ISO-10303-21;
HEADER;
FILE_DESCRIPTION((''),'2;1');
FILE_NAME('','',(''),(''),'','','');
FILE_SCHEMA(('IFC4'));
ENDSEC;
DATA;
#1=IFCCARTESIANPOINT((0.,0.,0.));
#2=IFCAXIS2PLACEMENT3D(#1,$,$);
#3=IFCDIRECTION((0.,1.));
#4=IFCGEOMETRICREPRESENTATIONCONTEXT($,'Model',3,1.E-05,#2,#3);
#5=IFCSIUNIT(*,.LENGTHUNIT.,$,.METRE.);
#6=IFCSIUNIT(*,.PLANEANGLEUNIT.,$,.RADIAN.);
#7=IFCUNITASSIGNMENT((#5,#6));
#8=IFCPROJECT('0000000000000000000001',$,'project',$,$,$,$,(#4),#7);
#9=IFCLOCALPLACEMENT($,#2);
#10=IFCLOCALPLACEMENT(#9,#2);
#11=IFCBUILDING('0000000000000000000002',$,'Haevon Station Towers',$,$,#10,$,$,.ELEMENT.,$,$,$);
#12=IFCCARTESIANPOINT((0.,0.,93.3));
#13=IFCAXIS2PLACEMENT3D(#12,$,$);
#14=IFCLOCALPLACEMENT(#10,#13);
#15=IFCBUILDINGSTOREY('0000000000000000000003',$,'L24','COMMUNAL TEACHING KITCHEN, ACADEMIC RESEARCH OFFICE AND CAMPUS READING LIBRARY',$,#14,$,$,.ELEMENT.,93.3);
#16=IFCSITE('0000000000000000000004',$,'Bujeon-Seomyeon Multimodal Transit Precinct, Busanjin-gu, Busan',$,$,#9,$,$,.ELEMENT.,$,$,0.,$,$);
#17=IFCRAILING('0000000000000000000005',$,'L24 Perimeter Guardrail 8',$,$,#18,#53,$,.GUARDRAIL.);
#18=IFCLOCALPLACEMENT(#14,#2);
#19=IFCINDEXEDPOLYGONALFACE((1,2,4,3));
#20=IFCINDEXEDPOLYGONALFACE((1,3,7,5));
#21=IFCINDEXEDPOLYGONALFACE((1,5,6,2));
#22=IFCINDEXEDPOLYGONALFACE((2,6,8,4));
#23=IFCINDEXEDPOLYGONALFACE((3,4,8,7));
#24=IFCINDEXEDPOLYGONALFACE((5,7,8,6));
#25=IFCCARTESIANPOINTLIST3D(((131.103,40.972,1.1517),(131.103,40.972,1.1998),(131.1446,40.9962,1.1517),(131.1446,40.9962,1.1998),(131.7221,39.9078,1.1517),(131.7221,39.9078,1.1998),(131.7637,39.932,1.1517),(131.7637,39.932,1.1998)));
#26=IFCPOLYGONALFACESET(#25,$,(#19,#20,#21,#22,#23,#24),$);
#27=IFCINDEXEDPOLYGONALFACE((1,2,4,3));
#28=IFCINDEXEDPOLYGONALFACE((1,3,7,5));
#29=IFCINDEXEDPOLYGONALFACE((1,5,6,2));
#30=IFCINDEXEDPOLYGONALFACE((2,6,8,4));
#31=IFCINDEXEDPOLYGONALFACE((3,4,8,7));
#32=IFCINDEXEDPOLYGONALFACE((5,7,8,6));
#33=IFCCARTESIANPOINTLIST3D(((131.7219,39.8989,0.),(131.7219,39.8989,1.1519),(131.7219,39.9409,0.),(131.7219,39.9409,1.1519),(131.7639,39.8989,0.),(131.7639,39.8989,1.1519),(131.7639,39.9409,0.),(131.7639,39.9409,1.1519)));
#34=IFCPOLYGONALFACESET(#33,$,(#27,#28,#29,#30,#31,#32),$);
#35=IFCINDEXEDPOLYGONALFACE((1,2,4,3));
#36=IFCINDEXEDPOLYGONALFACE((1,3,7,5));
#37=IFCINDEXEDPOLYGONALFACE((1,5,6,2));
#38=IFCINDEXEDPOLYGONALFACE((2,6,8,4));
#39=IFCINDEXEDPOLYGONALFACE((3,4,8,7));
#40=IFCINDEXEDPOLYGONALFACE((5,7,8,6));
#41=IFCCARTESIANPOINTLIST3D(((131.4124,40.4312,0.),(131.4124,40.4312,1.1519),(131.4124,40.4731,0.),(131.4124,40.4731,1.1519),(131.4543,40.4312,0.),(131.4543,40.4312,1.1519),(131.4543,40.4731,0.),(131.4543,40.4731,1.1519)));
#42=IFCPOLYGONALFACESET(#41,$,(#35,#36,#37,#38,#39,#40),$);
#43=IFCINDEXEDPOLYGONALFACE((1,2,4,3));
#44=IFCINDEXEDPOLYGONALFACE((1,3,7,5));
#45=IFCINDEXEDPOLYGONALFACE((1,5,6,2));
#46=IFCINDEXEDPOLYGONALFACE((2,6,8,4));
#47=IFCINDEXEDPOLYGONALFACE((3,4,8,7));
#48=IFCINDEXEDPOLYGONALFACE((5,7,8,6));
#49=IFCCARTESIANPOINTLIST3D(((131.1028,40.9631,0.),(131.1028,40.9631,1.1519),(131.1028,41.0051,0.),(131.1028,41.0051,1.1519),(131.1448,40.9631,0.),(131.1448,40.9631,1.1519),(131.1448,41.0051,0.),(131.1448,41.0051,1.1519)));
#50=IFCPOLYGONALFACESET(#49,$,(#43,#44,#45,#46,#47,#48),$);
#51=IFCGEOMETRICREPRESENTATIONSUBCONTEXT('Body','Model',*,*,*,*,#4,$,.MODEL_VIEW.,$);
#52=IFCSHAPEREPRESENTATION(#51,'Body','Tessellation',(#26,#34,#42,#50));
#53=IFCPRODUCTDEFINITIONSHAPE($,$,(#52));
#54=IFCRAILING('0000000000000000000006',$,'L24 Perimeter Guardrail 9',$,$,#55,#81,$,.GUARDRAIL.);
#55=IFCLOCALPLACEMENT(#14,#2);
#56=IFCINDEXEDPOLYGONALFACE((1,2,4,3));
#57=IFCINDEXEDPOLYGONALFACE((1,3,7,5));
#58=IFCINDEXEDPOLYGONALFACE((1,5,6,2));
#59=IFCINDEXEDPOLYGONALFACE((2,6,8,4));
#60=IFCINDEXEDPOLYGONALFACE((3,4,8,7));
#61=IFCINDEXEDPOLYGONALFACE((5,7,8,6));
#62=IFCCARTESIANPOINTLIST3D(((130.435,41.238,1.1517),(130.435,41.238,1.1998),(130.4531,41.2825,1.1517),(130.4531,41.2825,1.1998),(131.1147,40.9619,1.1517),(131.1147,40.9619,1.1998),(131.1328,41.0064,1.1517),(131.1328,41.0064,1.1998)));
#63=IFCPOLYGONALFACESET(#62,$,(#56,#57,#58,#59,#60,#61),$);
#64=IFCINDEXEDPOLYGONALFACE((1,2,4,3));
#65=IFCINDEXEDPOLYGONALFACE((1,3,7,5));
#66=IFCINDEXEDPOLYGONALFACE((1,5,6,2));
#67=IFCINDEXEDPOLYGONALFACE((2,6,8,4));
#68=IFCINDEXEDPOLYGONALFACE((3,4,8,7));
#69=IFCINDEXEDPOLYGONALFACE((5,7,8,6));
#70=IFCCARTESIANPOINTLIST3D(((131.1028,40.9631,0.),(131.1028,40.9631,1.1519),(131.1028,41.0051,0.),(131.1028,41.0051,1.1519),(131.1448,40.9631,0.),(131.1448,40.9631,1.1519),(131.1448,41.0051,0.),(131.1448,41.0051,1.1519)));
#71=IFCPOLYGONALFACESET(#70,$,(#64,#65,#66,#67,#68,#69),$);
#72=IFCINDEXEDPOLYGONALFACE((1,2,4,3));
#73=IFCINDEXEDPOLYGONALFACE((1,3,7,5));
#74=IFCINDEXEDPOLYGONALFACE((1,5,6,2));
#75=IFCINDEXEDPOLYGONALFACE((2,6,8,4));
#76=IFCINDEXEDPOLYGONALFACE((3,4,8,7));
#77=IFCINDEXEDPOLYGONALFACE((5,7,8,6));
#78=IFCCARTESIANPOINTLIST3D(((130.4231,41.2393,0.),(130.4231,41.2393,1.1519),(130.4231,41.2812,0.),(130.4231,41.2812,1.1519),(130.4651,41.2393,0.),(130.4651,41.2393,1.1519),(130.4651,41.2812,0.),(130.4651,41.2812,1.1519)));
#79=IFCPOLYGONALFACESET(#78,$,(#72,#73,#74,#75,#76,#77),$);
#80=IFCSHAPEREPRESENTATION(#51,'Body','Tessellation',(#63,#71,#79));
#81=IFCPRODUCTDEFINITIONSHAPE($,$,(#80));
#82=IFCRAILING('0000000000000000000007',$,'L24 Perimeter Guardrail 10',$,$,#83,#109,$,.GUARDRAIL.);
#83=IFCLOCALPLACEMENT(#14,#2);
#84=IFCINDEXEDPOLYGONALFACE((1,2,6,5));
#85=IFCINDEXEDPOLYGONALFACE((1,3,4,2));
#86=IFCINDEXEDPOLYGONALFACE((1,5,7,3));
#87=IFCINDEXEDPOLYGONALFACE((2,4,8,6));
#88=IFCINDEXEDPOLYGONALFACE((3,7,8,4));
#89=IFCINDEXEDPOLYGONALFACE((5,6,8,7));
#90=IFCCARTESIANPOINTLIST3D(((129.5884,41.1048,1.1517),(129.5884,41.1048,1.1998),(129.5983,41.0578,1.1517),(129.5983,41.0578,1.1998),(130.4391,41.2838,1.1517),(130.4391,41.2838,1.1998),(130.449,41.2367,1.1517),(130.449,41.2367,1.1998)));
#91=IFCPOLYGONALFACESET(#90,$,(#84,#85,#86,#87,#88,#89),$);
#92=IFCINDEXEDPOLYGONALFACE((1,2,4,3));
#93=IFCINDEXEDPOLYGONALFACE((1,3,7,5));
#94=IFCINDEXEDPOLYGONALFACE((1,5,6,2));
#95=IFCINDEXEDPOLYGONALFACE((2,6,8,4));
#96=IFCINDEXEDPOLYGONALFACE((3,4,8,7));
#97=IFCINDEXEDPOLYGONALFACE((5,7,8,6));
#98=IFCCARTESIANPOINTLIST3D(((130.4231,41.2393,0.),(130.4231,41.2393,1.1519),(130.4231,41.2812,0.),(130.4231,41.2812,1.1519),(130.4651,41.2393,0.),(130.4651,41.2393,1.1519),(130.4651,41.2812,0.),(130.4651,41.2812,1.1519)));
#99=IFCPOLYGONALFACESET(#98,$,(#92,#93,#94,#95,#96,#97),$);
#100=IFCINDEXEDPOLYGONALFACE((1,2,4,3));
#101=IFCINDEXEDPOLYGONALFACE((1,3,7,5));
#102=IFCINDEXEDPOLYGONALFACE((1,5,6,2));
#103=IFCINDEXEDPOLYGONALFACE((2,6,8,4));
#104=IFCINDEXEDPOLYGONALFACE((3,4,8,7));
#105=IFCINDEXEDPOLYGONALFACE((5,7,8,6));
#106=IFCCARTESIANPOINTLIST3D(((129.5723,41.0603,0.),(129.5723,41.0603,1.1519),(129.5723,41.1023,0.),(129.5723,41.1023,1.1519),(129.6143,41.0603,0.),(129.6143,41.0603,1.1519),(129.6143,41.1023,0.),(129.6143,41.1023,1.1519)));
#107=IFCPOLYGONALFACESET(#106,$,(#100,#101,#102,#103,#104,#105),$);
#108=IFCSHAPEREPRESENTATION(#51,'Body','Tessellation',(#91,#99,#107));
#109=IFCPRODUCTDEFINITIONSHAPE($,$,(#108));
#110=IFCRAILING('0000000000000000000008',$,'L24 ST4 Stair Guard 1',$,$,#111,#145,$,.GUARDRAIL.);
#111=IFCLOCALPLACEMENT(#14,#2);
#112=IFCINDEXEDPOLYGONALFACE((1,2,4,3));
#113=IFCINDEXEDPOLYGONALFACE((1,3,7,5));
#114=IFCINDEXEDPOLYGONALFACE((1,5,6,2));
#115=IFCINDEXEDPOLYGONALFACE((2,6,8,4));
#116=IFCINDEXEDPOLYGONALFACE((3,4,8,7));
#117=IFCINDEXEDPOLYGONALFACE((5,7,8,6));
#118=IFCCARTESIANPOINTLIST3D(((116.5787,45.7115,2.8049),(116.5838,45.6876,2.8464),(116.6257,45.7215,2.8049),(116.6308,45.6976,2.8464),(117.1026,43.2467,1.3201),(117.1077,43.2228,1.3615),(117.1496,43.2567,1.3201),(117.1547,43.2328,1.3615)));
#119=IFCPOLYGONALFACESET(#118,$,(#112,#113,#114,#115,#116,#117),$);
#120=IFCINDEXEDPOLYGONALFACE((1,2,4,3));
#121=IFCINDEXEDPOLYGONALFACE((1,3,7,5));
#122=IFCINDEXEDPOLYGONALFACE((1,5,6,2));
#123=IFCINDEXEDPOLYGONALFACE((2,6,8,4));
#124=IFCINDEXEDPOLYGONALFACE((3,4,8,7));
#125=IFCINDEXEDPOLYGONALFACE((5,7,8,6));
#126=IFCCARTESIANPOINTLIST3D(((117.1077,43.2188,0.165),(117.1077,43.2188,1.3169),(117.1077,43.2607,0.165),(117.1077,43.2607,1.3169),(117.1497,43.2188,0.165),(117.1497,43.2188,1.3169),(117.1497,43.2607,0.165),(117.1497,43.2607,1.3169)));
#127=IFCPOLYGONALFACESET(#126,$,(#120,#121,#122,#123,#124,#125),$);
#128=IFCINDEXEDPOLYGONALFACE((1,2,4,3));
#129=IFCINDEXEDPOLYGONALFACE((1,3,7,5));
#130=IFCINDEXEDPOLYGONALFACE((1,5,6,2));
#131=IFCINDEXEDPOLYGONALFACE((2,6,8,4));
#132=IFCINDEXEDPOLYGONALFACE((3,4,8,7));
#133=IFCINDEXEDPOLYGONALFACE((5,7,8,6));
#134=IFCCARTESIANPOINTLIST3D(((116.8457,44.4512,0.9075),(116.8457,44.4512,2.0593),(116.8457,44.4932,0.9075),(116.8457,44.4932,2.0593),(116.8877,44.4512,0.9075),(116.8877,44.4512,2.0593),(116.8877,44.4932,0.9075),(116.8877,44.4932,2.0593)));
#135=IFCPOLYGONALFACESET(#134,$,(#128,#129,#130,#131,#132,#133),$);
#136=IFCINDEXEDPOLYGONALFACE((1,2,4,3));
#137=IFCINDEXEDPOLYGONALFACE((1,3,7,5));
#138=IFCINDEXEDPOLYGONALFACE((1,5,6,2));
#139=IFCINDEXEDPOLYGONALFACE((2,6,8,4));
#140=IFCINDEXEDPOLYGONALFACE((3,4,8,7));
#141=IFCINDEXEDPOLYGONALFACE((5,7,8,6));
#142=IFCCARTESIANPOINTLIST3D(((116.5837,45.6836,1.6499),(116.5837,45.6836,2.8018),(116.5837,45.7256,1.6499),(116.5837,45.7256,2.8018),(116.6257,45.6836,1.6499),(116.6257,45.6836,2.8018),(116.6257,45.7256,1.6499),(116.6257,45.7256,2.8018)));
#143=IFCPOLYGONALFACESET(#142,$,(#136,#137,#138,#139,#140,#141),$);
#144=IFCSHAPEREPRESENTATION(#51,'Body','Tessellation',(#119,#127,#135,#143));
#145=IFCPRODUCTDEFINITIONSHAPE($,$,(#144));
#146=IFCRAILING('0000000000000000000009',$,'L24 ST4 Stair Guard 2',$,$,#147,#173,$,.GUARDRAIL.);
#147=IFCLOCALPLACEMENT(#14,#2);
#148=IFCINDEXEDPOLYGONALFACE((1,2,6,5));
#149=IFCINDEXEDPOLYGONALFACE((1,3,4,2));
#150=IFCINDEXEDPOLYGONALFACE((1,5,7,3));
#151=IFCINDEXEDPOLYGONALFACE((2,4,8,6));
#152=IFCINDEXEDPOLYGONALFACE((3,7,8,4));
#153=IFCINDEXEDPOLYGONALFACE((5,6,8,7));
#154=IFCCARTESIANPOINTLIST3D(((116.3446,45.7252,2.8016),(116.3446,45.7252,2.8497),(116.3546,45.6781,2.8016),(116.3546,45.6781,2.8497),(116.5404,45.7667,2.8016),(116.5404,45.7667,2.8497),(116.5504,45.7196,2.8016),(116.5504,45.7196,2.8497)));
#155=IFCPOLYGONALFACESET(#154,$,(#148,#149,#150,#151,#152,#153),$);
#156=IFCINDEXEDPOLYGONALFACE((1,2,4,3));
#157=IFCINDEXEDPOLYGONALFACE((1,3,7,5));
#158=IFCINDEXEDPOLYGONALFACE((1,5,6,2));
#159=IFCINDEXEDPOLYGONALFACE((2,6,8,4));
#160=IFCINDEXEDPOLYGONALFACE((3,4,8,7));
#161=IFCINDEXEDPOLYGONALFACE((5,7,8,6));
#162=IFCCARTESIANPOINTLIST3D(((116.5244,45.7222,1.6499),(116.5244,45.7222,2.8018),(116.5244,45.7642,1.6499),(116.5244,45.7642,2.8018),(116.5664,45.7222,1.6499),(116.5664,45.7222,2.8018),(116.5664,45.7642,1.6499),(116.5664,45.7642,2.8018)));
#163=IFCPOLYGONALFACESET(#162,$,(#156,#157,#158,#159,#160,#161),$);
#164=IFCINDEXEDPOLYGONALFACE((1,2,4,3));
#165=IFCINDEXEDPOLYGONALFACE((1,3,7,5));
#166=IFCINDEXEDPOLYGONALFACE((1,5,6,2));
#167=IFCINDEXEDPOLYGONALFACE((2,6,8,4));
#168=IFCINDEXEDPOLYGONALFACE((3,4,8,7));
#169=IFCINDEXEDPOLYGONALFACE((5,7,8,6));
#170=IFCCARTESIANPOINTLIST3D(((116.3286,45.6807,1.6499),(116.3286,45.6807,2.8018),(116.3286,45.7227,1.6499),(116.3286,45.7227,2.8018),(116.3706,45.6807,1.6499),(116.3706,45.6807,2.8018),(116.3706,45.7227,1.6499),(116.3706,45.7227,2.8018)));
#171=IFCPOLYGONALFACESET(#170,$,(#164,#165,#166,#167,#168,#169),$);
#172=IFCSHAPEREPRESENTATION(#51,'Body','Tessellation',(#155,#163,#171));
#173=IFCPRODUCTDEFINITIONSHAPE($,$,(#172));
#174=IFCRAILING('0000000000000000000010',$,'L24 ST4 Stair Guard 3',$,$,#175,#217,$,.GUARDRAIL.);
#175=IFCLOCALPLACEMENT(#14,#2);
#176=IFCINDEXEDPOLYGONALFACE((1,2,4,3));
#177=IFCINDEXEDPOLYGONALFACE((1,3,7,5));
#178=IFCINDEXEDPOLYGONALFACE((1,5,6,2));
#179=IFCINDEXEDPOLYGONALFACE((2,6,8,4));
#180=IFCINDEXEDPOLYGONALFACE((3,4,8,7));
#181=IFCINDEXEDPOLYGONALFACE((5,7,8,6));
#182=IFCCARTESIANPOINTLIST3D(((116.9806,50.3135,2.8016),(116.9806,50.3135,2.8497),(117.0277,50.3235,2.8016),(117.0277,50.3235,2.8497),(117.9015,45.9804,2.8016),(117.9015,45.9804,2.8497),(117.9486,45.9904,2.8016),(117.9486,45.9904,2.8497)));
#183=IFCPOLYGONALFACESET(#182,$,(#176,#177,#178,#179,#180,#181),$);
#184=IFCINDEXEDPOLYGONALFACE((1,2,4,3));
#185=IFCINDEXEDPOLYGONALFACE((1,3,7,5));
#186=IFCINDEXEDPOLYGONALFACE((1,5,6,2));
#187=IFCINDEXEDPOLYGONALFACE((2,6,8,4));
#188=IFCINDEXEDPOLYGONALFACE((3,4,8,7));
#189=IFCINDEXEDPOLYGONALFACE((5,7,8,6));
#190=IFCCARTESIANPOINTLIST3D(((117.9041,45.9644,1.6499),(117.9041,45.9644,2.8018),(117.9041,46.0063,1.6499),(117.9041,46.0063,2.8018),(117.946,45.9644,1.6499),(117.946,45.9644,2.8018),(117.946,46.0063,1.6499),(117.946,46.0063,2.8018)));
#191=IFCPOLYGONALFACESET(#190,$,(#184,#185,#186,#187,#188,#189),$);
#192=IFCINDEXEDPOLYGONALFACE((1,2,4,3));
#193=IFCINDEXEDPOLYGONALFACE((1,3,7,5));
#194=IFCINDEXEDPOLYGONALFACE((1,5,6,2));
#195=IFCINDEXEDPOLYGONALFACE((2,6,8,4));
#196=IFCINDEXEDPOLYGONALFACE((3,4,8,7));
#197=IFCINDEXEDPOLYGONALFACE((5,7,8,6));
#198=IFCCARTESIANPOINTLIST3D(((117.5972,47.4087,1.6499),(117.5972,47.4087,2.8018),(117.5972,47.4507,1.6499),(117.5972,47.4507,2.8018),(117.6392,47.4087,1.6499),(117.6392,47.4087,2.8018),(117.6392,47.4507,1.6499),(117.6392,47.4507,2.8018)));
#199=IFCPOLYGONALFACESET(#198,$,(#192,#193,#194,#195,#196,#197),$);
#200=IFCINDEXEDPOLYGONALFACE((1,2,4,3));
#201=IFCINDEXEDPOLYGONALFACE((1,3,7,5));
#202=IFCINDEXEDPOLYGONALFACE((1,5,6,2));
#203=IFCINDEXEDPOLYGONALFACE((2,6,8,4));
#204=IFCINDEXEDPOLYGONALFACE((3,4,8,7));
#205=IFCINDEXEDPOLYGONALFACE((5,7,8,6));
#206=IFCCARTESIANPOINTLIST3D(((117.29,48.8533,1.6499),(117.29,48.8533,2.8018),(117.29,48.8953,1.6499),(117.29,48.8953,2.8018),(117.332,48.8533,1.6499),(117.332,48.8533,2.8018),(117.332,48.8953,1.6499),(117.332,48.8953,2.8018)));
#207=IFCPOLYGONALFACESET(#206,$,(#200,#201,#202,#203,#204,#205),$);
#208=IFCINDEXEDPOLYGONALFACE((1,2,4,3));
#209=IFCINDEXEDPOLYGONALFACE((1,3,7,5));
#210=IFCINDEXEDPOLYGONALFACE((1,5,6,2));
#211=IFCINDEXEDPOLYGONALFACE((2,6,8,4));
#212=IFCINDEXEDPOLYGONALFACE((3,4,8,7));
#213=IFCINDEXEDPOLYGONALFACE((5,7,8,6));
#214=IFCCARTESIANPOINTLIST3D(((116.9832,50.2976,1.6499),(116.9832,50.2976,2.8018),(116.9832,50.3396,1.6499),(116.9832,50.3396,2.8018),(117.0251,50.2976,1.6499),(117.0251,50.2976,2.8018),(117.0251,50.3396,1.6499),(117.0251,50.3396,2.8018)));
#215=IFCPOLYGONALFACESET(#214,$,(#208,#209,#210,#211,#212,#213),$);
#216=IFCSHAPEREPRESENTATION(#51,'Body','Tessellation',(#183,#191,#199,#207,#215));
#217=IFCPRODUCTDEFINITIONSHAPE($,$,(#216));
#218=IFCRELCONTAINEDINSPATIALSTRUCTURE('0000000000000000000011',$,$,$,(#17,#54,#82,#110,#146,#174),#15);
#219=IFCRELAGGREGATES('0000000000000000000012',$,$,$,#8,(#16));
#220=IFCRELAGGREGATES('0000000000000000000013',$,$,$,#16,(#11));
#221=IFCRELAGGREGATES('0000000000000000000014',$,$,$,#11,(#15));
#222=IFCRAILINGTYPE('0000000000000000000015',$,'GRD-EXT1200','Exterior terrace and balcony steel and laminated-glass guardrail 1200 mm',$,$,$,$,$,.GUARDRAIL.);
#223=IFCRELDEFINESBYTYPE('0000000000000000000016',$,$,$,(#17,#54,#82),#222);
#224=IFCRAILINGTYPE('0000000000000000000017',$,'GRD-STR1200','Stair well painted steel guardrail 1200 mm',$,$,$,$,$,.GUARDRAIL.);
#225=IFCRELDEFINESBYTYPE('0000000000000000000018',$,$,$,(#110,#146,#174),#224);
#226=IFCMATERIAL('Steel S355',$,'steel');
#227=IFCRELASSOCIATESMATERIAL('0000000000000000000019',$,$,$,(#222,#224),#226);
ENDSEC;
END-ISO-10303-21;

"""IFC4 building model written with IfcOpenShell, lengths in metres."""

from ifc_helpers import new_model, si_unit, direction, frame, origin, origin_2d, place, context, subcontext, project, spatial, rectangle, extrude, material, type_object, element, save


model = new_model("IFC4")

# Units and contexts
model_context = context("Model", 3, precision=1e-05, world=origin(), true_north=direction((0.0, 1.0)))
body_context = subcontext(model_context, "Body", "Model", "MODEL_VIEW")
ifc_project = project(units=[si_unit("LENGTHUNIT", "METRE"), si_unit("PLANEANGLEUNIT", "RADIAN")], contexts=[model_context])

# Site, building, storey
site_placement = place(None, origin())
site = spatial("IfcSite", under=ifc_project, at=site_placement, Name="Bujeon-Seomyeon Multimodal Transit Precinct, Busanjin-gu, Busan", CompositionType="ELEMENT", RefElevation=0.0)
building_placement = place(site_placement, origin())
building = spatial("IfcBuilding", under=site, at=building_placement, Name="Haevon Station Towers", CompositionType="ELEMENT")
storey_placement = place(building_placement, frame((0.0, 0.0, 93.3)))
storey = spatial("IfcBuildingStorey", under=building, at=storey_placement, Name="L24", Description="COMMUNAL TEACHING KITCHEN, ACADEMIC RESEARCH OFFICE AND CAMPUS READING LIBRARY", CompositionType="ELEMENT", Elevation=93.3)

# Shared definitions
ifc_material_1 = material(Name="Steel S355", Category="steel")

# Railings
railing_type_1 = type_object("IfcRailingType", Name="GRD-EXT1200", Description="Exterior terrace and balcony steel and laminated-glass guardrail 1200 mm", PredefinedType="GUARDRAIL", material=ifc_material_1)
railing_1_placement = place(storey_placement, frame((131.7429, 39.9199, 0.0)))
element("IfcRailing", 1, at=railing_1_placement, inside=storey, type_object=railing_type_1, Name="L24 Perimeter Guardrail 8", PredefinedType="GUARDRAIL", context=body_context, shape_type="SweptSolid", body=[
    extrude(rectangle(XDim=0.0481, YDim=0.0481, at=origin_2d()), frame((0.0, 0.0, 1.1758), z_axis=(-0.502872, 0.864361, 0.0), x_axis=(-0.864361, -0.502872, 0.0)), (0.0, 0.0, 1.0), 1.2312),
    extrude(rectangle(XDim=0.042, YDim=0.042, at=origin_2d()), origin(), (0.0, 0.0, 1.0), 1.1519),
    extrude(rectangle(XDim=0.042, YDim=0.042, at=origin_2d()), frame((-0.3096, 0.5322, 0.0)), (0.0, 0.0, 1.0), 1.1519),
    extrude(rectangle(XDim=0.042, YDim=0.042, at=origin_2d()), frame((-0.6191, 1.0642, 0.0)), (0.0, 0.0, 1.0), 1.1519),
])
railing_2_placement = place(storey_placement, frame((131.1238, 40.9841, 0.0)))
element("IfcRailing", 2, at=railing_2_placement, inside=storey, type_object=railing_type_1, Name="L24 Perimeter Guardrail 9", PredefinedType="GUARDRAIL", context=body_context, shape_type="SweptSolid", body=[
    extrude(rectangle(XDim=0.0481, YDim=0.0481, at=origin_2d()), frame((0.0, 0.0, 1.1758), z_axis=(-0.926467, 0.376377, 0.0), x_axis=(-0.376377, -0.926467, 0.0)), (0.0, 0.0, 1.0), 0.7336),
    extrude(rectangle(XDim=0.042, YDim=0.042, at=origin_2d()), origin(), (0.0, 0.0, 1.0), 1.1519),
    extrude(rectangle(XDim=0.042, YDim=0.042, at=origin_2d()), frame((-0.6797, 0.2761, 0.0)), (0.0, 0.0, 1.0), 1.1519),
])
railing_3_placement = place(storey_placement, frame((130.4441, 41.2603, 0.0)))
element("IfcRailing", 3, at=railing_3_placement, inside=storey, type_object=railing_type_1, Name="L24 Perimeter Guardrail 10", PredefinedType="GUARDRAIL", context=body_context, shape_type="SweptSolid", body=[
    extrude(rectangle(XDim=0.0481, YDim=0.0481, at=origin_2d()), frame((0.0, 0.0, 1.1758), z_axis=(-0.978588, -0.205827, 0.0), x_axis=(0.205827, -0.978588, 0.0)), (0.0, 0.0, 1.0), 0.8694),
    extrude(rectangle(XDim=0.042, YDim=0.042, at=origin_2d()), origin(), (0.0, 0.0, 1.0), 1.1519),
    extrude(rectangle(XDim=0.042, YDim=0.042, at=origin_2d()), frame((-0.8508, -0.179, 0.0)), (0.0, 0.0, 1.0), 1.1519),
])
railing_type_2 = type_object("IfcRailingType", Name="GRD-STR1200", Description="Stair well painted steel guardrail 1200 mm", PredefinedType="GUARDRAIL", material=ifc_material_1)
railing_4_placement = place(storey_placement, frame((117.1287, 43.2397, 0.165)))
element("IfcRailing", 4, at=railing_4_placement, inside=storey, type_object=railing_type_2, Name="L24 ST4 Stair Guard 1", PredefinedType="GUARDRAIL", context=body_context, shape_type="SweptSolid", body=[
    extrude(rectangle(XDim=0.0481, YDim=0.0481, at=origin_2d()), frame((0.0, 0.0, 1.1758), z_axis=(-0.179129, 0.842724, 0.507671), x_axis=(-0.978147, -0.207914, 0.0)), (0.0, 0.0, 1.0), 2.9248),
    extrude(rectangle(XDim=0.042, YDim=0.042, at=origin_2d()), origin(), (0.0, 0.0, 1.0), 1.1519),
    extrude(rectangle(XDim=0.042, YDim=0.042, at=origin_2d()), frame((-0.262, 1.2324, 0.7424)), (0.0, 0.0, 1.0), 1.1519),
    extrude(rectangle(XDim=0.042, YDim=0.042, at=origin_2d()), frame((-0.5239, 2.4648, 1.4849)), (0.0, 0.0, 1.0), 1.1519),
])
railing_5_placement = place(storey_placement, frame((116.5454, 45.7432, 1.6499)))
element("IfcRailing", 5, at=railing_5_placement, inside=storey, type_object=railing_type_2, Name="L24 ST4 Stair Guard 2", PredefinedType="GUARDRAIL", context=body_context, shape_type="SweptSolid", body=[
    extrude(rectangle(XDim=0.0481, YDim=0.0481, at=origin_2d()), frame((0.0, 0.0, 1.1758), z_axis=(-0.978264, -0.207363, 0.0), x_axis=(0.207363, -0.978264, 0.0)), (0.0, 0.0, 1.0), 0.2002),
    extrude(rectangle(XDim=0.042, YDim=0.042, at=origin_2d()), origin(), (0.0, 0.0, 1.0), 1.1519),
    extrude(rectangle(XDim=0.042, YDim=0.042, at=origin_2d()), frame((-0.1958, -0.0415, 0.0)), (0.0, 0.0, 1.0), 1.1519),
])
railing_6_placement = place(storey_placement, frame((117.925, 45.9854, 1.6499)))
element("IfcRailing", 6, at=railing_6_placement, inside=storey, type_object=railing_type_2, Name="L24 ST4 Stair Guard 3", PredefinedType="GUARDRAIL", context=body_context, shape_type="SweptSolid", body=[
    extrude(rectangle(XDim=0.0481, YDim=0.0481, at=origin_2d()), frame((0.0, 0.0, 1.1758), z_axis=(-0.207877, 0.978155, 0.0), x_axis=(-0.978155, -0.207877, 0.0)), (0.0, 0.0, 1.0), 4.4299),
    extrude(rectangle(XDim=0.042, YDim=0.042, at=origin_2d()), origin(), (0.0, 0.0, 1.0), 1.1519),
    extrude(rectangle(XDim=0.042, YDim=0.042, at=origin_2d()), frame((-0.3069, 1.4443, 0.0)), (0.0, 0.0, 1.0), 1.1519),
    extrude(rectangle(XDim=0.042, YDim=0.042, at=origin_2d()), frame((-0.614, 2.8889, 0.0)), (0.0, 0.0, 1.0), 1.1519),
    extrude(rectangle(XDim=0.042, YDim=0.042, at=origin_2d()), frame((-0.9209, 4.3333, 0.0)), (0.0, 0.0, 1.0), 1.1519),
])

save(model, "model.ifc")
